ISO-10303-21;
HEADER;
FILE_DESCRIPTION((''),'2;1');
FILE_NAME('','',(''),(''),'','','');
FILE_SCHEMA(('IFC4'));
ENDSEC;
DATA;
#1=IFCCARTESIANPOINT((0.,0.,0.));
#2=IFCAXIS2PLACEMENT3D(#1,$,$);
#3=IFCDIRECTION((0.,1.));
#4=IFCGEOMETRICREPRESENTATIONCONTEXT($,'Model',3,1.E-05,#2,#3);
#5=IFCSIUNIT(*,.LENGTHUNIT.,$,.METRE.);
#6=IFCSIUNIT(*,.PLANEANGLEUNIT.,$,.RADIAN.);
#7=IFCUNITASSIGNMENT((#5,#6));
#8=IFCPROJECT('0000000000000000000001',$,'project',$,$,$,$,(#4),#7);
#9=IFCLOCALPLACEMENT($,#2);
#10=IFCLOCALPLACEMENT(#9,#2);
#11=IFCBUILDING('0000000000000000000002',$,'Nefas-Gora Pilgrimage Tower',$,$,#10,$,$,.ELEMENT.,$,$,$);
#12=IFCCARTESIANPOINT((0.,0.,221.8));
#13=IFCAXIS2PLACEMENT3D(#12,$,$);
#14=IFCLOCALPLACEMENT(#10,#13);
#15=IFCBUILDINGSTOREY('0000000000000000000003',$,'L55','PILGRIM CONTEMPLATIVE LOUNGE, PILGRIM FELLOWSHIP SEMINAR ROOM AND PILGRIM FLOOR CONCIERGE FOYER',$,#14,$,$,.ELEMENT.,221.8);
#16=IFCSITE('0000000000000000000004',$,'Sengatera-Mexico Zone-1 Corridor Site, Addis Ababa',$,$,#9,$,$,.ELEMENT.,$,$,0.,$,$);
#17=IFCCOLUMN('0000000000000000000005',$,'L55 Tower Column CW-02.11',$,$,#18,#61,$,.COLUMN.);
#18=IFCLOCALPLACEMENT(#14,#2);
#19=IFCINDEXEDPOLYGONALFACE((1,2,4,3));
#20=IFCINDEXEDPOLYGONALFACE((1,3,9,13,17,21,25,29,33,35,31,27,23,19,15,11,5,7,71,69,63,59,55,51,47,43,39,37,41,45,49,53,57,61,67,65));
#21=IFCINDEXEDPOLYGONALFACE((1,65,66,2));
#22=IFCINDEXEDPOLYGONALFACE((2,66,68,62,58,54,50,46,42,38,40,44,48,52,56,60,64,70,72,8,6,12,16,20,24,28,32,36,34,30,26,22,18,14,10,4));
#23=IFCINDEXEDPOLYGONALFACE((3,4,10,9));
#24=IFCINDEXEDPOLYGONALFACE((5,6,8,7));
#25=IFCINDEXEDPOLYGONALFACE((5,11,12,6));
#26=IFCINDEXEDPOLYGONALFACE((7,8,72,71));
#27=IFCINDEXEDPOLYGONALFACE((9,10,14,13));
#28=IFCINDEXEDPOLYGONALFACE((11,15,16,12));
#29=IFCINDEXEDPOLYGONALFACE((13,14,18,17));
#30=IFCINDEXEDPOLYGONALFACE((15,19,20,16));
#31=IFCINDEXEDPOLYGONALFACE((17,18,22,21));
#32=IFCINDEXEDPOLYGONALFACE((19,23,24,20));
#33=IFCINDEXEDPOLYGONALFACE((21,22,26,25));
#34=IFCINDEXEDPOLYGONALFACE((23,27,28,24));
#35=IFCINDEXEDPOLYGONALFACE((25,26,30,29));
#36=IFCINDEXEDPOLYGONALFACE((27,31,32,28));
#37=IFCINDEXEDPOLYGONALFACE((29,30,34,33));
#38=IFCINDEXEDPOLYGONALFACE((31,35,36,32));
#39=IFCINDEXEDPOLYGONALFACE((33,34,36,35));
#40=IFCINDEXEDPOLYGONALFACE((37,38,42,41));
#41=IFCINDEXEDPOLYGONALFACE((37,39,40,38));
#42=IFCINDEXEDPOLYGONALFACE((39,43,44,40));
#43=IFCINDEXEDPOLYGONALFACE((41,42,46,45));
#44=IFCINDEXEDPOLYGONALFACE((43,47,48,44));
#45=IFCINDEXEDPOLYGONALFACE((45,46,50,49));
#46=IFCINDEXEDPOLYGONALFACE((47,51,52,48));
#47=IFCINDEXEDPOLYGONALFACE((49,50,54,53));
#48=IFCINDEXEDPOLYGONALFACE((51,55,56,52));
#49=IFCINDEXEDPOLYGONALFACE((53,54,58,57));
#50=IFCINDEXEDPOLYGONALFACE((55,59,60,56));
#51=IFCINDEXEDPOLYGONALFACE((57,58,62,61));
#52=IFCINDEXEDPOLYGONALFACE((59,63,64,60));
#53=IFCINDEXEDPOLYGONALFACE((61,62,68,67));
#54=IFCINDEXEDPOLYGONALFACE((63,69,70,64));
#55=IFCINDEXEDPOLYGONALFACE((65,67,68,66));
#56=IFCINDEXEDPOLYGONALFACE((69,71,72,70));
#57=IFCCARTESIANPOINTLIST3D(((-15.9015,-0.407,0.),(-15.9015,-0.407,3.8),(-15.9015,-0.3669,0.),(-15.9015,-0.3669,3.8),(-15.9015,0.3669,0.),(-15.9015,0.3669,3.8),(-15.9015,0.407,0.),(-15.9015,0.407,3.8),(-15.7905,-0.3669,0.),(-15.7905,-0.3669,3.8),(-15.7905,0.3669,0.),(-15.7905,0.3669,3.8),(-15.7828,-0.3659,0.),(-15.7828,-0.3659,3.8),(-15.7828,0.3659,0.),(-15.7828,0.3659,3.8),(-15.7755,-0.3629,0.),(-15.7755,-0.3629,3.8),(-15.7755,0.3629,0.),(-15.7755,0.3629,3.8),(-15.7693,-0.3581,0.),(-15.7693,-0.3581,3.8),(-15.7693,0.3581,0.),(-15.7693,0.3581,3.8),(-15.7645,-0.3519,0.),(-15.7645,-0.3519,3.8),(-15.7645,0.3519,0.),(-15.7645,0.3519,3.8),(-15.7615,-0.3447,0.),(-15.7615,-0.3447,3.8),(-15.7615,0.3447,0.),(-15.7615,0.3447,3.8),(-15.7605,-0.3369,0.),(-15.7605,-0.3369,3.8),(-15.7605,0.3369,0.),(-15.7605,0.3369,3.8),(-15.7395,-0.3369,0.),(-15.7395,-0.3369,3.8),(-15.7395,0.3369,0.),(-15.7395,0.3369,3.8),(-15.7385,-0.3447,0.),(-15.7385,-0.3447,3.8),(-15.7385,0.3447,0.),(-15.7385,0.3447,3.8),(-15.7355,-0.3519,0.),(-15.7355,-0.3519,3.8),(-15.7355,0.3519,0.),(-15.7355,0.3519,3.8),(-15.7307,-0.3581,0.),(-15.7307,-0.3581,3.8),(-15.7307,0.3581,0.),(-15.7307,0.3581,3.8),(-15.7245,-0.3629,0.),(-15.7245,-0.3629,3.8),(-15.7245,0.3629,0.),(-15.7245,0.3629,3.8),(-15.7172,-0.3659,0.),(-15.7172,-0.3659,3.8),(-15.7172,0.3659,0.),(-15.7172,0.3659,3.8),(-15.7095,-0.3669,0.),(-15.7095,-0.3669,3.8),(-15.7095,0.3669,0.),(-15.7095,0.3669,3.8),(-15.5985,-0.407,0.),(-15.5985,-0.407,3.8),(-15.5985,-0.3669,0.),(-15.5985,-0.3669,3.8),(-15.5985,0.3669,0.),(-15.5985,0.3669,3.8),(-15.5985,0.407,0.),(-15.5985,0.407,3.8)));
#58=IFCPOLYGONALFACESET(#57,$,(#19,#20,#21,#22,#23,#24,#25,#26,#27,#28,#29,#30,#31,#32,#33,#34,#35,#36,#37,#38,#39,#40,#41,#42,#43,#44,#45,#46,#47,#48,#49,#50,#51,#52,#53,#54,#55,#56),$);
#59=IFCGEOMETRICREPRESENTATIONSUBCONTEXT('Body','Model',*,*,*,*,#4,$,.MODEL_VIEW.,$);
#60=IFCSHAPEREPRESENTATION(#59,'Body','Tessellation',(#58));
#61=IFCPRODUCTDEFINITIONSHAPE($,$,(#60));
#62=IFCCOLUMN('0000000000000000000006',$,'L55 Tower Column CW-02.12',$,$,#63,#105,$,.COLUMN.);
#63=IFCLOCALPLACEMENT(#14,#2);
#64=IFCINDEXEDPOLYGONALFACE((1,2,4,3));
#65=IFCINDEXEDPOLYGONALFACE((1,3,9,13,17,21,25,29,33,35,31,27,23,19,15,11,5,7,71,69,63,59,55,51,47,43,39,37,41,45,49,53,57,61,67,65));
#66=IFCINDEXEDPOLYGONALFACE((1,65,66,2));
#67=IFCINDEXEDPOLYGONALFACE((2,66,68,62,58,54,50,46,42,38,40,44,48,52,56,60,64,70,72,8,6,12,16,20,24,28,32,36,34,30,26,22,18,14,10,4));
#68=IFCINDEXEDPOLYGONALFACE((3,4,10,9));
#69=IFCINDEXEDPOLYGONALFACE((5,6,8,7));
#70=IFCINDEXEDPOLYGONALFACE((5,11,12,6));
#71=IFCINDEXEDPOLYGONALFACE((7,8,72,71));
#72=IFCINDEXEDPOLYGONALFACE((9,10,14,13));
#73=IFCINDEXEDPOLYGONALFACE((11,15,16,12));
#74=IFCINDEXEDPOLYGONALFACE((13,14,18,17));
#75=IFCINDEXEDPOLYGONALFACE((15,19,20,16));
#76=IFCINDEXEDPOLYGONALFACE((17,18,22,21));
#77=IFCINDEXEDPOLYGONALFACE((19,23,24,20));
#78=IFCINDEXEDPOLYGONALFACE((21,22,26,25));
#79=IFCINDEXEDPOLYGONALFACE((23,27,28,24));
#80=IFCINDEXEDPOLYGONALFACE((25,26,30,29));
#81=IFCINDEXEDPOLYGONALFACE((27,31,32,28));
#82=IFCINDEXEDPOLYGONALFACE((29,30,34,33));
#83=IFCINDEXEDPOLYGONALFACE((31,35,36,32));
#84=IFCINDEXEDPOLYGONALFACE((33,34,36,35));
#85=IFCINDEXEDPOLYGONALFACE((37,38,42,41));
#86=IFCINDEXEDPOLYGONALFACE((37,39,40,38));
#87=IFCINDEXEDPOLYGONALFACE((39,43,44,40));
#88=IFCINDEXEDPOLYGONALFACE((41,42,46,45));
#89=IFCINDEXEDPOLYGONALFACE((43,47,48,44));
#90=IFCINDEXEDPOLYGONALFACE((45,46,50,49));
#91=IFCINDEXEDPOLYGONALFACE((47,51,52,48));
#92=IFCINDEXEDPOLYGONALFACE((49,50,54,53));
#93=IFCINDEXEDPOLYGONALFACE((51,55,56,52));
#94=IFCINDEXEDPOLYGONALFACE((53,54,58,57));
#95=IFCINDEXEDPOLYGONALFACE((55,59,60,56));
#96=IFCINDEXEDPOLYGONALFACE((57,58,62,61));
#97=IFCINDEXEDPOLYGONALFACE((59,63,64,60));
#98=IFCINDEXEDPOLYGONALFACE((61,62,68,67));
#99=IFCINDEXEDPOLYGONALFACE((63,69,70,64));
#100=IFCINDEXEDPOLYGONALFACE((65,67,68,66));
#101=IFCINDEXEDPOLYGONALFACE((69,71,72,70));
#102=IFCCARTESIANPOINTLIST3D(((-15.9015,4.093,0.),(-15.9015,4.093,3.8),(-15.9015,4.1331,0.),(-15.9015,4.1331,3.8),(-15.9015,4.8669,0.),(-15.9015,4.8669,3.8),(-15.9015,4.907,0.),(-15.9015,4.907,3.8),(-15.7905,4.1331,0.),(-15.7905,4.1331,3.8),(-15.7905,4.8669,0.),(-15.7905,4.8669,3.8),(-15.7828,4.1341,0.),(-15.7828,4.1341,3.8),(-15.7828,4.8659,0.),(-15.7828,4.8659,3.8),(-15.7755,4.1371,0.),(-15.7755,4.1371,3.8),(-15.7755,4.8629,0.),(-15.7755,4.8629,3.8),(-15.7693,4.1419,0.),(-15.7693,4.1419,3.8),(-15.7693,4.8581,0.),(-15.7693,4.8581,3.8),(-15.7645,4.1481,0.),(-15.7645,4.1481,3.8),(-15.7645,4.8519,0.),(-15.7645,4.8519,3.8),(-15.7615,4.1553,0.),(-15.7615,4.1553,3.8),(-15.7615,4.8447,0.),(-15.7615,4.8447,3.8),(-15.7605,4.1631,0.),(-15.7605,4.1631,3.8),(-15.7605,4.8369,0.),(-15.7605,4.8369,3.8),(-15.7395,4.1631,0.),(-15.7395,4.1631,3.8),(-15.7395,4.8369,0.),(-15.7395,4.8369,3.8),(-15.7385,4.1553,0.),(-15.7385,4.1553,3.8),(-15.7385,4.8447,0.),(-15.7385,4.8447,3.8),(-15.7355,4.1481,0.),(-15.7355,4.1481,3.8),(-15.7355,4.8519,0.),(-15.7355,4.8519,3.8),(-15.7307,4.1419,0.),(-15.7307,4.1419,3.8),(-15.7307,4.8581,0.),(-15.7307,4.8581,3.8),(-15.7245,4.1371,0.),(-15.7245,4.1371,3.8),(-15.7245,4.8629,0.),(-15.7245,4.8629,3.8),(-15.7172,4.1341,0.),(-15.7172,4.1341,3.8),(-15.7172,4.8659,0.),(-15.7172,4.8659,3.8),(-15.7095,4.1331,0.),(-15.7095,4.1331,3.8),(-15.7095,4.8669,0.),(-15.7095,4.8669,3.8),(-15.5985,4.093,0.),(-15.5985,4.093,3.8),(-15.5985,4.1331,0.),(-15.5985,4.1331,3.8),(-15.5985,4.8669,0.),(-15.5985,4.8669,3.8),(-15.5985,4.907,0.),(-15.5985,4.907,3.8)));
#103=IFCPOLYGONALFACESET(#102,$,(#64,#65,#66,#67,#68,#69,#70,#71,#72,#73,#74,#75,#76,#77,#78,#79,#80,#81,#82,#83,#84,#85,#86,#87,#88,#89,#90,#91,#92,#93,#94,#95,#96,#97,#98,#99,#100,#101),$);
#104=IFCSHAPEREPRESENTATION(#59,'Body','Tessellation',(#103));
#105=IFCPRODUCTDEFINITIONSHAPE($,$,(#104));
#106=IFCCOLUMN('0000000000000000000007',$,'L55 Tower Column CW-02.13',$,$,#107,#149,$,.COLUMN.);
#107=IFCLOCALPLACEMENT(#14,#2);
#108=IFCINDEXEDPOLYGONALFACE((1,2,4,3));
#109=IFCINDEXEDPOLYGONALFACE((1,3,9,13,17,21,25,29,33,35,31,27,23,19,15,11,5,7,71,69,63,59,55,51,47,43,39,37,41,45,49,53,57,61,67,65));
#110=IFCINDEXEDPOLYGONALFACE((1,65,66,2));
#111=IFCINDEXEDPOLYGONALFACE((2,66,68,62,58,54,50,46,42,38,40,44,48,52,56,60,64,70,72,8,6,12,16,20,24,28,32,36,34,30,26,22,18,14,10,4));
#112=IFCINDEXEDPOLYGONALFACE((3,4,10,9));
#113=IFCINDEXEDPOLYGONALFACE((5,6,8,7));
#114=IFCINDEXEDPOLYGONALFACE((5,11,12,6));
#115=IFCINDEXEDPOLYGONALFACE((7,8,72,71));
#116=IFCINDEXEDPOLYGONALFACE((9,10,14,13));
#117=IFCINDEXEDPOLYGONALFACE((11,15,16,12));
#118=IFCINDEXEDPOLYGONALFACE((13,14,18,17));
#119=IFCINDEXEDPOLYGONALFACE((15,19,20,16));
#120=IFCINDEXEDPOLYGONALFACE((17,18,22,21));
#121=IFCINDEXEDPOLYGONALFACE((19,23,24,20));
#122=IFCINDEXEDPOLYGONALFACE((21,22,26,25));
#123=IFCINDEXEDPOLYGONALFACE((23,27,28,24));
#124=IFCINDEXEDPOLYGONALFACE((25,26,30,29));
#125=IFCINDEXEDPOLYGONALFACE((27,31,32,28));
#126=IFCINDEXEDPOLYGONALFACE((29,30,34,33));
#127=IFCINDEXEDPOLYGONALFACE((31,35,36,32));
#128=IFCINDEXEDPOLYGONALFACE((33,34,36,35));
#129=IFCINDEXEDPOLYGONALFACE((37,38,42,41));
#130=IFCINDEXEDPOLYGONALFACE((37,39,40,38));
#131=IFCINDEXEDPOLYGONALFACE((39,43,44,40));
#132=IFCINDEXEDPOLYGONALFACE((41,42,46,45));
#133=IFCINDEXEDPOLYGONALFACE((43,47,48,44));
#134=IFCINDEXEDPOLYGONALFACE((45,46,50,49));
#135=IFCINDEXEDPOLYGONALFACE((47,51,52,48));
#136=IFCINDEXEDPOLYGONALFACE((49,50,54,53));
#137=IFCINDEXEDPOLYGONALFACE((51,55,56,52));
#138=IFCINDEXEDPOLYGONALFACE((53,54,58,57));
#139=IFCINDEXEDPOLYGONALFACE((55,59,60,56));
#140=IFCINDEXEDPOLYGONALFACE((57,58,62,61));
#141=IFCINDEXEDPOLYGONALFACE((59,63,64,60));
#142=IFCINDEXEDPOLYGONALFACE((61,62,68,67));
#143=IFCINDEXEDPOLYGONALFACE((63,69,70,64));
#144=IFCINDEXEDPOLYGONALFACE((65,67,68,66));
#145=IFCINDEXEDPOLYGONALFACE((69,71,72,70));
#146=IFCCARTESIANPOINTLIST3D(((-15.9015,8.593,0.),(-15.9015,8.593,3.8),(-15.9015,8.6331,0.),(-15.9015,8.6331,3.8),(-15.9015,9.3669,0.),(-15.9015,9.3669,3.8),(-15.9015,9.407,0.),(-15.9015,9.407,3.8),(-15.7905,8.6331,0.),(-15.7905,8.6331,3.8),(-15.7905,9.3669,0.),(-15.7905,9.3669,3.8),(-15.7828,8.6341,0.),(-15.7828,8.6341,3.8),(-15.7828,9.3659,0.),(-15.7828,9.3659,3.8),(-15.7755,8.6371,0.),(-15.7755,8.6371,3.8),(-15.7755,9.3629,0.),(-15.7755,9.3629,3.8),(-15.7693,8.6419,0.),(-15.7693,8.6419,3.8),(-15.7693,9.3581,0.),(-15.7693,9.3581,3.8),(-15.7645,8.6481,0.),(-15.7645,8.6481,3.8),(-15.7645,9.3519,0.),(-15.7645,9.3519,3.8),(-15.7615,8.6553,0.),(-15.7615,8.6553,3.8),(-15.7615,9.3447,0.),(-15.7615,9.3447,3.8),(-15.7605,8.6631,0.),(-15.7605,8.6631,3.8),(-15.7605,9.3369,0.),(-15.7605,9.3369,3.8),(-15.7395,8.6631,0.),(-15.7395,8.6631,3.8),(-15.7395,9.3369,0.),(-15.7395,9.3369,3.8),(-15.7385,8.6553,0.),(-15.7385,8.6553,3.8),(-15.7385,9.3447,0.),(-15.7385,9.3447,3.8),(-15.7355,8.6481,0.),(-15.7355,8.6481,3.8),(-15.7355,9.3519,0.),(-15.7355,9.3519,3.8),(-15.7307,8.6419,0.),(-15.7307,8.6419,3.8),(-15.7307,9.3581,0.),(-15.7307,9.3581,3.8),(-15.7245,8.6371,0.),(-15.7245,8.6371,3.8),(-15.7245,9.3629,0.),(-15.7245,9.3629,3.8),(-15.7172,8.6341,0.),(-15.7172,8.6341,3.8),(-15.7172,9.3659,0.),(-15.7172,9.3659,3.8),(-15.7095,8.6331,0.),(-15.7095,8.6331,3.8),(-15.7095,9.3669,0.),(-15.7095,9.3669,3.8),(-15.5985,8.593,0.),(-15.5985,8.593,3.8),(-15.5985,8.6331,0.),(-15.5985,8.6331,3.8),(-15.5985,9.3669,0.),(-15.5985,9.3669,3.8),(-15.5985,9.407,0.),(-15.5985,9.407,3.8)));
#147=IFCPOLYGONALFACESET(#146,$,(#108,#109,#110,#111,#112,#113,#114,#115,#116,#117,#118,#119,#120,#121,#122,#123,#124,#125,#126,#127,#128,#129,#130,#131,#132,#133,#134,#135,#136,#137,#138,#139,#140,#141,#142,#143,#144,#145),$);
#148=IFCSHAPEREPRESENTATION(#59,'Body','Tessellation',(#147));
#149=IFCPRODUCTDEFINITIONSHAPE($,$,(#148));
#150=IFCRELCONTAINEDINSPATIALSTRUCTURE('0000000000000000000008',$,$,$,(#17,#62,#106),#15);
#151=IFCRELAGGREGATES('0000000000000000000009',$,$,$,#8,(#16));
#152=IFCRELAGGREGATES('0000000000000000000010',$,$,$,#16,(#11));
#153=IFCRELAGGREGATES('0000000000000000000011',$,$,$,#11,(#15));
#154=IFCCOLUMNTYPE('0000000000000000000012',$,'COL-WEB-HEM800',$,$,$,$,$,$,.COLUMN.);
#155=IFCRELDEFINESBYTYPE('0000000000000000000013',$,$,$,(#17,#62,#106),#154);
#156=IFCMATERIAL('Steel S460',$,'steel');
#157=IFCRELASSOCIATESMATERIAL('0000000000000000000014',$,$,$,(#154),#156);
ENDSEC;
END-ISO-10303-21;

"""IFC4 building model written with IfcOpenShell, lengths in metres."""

from ifc_helpers import new_model, si_unit, direction, frame, origin, origin_2d, place, context, subcontext, project, spatial, i_section, extrude, source, transform, mapped, material, material_profile, profile_set, type_object, element, save


model = new_model("IFC4")

# Units and contexts
model_context = context("Model", 3, precision=1e-05, world=origin(), true_north=direction((0.0, 1.0)))
body_context = subcontext(model_context, "Body", "Model", "MODEL_VIEW")
ifc_project = project(units=[si_unit("LENGTHUNIT", "METRE"), si_unit("PLANEANGLEUNIT", "RADIAN")], contexts=[model_context])

# Site, building, storey
site_placement = place(None, origin())
site = spatial("IfcSite", under=ifc_project, at=site_placement, Name="Sengatera-Mexico Zone-1 Corridor Site, Addis Ababa", CompositionType="ELEMENT", RefElevation=0.0)
building_placement = place(site_placement, origin())
building = spatial("IfcBuilding", under=site, at=building_placement, Name="Nefas-Gora Pilgrimage Tower", CompositionType="ELEMENT")
storey_placement = place(building_placement, frame((0.0, 0.0, 221.8)))
storey = spatial("IfcBuildingStorey", under=building, at=storey_placement, Name="L55", Description="PILGRIM CONTEMPLATIVE LOUNGE, PILGRIM FELLOWSHIP SEMINAR ROOM AND PILGRIM FLOOR CONCIERGE FOYER", CompositionType="ELEMENT", Elevation=221.8)

# Columns
ifc_material_1 = material(Name="Steel S460", Category="steel")
ifc_material_profile_1 = material_profile(ifc_material_1, i_section(OverallWidth=0.303, OverallDepth=0.814, WebThickness=0.021, FlangeThickness=0.04, FilletRadius=0.03, at=origin_2d()), Name="HEM 800")
ifc_profile_set_1 = profile_set([ifc_material_profile_1], Name="Steel S460")
column_type_1 = type_object("IfcColumnType", Name="COL-WEB-HEM800", PredefinedType="COLUMN", material=ifc_profile_set_1)
shared_shape_1 = source(origin(), body_context, "Body", "SweptSolid", [
    extrude(i_section(OverallWidth=0.303, OverallDepth=0.814, WebThickness=0.021, FlangeThickness=0.04, FilletRadius=0.03, at=origin_2d()), origin(), (0.0, 0.0, 1.0), 3.8),
])
for number, where, z_axis, x_axis, name in (
    (1, (-15.75, 0.0, 0.0), (0.0, 0.0, 1.0), (1.0, 0.0, 0.0), "L55 Tower Column CW-02.11"),
    (2, (-15.75, 4.5, 0.0), (0.0, 0.0, 1.0), (1.0, 0.0, 0.0), "L55 Tower Column CW-02.12"),
    (3, (-15.75, 9.0, 0.0), (0.0, 0.0, 1.0), (1.0, 0.0, 0.0), "L55 Tower Column CW-02.13"),
):
    element("IfcColumn", number, at=place(storey_placement, frame(where, z_axis=z_axis, x_axis=x_axis)), inside=storey, type_object=column_type_1, Name=name, PredefinedType="COLUMN", context=body_context, shape_type="MappedRepresentation", body=[
        mapped(shared_shape_1, transform((0.0, 0.0, 0.0), x_axis=(1.0, 0.0, 0.0), y_axis=(0.0, 1.0, 0.0), z_axis=(0.0, 0.0, 1.0), scale=1.0)),
    ])

save(model, "model.ifc")
